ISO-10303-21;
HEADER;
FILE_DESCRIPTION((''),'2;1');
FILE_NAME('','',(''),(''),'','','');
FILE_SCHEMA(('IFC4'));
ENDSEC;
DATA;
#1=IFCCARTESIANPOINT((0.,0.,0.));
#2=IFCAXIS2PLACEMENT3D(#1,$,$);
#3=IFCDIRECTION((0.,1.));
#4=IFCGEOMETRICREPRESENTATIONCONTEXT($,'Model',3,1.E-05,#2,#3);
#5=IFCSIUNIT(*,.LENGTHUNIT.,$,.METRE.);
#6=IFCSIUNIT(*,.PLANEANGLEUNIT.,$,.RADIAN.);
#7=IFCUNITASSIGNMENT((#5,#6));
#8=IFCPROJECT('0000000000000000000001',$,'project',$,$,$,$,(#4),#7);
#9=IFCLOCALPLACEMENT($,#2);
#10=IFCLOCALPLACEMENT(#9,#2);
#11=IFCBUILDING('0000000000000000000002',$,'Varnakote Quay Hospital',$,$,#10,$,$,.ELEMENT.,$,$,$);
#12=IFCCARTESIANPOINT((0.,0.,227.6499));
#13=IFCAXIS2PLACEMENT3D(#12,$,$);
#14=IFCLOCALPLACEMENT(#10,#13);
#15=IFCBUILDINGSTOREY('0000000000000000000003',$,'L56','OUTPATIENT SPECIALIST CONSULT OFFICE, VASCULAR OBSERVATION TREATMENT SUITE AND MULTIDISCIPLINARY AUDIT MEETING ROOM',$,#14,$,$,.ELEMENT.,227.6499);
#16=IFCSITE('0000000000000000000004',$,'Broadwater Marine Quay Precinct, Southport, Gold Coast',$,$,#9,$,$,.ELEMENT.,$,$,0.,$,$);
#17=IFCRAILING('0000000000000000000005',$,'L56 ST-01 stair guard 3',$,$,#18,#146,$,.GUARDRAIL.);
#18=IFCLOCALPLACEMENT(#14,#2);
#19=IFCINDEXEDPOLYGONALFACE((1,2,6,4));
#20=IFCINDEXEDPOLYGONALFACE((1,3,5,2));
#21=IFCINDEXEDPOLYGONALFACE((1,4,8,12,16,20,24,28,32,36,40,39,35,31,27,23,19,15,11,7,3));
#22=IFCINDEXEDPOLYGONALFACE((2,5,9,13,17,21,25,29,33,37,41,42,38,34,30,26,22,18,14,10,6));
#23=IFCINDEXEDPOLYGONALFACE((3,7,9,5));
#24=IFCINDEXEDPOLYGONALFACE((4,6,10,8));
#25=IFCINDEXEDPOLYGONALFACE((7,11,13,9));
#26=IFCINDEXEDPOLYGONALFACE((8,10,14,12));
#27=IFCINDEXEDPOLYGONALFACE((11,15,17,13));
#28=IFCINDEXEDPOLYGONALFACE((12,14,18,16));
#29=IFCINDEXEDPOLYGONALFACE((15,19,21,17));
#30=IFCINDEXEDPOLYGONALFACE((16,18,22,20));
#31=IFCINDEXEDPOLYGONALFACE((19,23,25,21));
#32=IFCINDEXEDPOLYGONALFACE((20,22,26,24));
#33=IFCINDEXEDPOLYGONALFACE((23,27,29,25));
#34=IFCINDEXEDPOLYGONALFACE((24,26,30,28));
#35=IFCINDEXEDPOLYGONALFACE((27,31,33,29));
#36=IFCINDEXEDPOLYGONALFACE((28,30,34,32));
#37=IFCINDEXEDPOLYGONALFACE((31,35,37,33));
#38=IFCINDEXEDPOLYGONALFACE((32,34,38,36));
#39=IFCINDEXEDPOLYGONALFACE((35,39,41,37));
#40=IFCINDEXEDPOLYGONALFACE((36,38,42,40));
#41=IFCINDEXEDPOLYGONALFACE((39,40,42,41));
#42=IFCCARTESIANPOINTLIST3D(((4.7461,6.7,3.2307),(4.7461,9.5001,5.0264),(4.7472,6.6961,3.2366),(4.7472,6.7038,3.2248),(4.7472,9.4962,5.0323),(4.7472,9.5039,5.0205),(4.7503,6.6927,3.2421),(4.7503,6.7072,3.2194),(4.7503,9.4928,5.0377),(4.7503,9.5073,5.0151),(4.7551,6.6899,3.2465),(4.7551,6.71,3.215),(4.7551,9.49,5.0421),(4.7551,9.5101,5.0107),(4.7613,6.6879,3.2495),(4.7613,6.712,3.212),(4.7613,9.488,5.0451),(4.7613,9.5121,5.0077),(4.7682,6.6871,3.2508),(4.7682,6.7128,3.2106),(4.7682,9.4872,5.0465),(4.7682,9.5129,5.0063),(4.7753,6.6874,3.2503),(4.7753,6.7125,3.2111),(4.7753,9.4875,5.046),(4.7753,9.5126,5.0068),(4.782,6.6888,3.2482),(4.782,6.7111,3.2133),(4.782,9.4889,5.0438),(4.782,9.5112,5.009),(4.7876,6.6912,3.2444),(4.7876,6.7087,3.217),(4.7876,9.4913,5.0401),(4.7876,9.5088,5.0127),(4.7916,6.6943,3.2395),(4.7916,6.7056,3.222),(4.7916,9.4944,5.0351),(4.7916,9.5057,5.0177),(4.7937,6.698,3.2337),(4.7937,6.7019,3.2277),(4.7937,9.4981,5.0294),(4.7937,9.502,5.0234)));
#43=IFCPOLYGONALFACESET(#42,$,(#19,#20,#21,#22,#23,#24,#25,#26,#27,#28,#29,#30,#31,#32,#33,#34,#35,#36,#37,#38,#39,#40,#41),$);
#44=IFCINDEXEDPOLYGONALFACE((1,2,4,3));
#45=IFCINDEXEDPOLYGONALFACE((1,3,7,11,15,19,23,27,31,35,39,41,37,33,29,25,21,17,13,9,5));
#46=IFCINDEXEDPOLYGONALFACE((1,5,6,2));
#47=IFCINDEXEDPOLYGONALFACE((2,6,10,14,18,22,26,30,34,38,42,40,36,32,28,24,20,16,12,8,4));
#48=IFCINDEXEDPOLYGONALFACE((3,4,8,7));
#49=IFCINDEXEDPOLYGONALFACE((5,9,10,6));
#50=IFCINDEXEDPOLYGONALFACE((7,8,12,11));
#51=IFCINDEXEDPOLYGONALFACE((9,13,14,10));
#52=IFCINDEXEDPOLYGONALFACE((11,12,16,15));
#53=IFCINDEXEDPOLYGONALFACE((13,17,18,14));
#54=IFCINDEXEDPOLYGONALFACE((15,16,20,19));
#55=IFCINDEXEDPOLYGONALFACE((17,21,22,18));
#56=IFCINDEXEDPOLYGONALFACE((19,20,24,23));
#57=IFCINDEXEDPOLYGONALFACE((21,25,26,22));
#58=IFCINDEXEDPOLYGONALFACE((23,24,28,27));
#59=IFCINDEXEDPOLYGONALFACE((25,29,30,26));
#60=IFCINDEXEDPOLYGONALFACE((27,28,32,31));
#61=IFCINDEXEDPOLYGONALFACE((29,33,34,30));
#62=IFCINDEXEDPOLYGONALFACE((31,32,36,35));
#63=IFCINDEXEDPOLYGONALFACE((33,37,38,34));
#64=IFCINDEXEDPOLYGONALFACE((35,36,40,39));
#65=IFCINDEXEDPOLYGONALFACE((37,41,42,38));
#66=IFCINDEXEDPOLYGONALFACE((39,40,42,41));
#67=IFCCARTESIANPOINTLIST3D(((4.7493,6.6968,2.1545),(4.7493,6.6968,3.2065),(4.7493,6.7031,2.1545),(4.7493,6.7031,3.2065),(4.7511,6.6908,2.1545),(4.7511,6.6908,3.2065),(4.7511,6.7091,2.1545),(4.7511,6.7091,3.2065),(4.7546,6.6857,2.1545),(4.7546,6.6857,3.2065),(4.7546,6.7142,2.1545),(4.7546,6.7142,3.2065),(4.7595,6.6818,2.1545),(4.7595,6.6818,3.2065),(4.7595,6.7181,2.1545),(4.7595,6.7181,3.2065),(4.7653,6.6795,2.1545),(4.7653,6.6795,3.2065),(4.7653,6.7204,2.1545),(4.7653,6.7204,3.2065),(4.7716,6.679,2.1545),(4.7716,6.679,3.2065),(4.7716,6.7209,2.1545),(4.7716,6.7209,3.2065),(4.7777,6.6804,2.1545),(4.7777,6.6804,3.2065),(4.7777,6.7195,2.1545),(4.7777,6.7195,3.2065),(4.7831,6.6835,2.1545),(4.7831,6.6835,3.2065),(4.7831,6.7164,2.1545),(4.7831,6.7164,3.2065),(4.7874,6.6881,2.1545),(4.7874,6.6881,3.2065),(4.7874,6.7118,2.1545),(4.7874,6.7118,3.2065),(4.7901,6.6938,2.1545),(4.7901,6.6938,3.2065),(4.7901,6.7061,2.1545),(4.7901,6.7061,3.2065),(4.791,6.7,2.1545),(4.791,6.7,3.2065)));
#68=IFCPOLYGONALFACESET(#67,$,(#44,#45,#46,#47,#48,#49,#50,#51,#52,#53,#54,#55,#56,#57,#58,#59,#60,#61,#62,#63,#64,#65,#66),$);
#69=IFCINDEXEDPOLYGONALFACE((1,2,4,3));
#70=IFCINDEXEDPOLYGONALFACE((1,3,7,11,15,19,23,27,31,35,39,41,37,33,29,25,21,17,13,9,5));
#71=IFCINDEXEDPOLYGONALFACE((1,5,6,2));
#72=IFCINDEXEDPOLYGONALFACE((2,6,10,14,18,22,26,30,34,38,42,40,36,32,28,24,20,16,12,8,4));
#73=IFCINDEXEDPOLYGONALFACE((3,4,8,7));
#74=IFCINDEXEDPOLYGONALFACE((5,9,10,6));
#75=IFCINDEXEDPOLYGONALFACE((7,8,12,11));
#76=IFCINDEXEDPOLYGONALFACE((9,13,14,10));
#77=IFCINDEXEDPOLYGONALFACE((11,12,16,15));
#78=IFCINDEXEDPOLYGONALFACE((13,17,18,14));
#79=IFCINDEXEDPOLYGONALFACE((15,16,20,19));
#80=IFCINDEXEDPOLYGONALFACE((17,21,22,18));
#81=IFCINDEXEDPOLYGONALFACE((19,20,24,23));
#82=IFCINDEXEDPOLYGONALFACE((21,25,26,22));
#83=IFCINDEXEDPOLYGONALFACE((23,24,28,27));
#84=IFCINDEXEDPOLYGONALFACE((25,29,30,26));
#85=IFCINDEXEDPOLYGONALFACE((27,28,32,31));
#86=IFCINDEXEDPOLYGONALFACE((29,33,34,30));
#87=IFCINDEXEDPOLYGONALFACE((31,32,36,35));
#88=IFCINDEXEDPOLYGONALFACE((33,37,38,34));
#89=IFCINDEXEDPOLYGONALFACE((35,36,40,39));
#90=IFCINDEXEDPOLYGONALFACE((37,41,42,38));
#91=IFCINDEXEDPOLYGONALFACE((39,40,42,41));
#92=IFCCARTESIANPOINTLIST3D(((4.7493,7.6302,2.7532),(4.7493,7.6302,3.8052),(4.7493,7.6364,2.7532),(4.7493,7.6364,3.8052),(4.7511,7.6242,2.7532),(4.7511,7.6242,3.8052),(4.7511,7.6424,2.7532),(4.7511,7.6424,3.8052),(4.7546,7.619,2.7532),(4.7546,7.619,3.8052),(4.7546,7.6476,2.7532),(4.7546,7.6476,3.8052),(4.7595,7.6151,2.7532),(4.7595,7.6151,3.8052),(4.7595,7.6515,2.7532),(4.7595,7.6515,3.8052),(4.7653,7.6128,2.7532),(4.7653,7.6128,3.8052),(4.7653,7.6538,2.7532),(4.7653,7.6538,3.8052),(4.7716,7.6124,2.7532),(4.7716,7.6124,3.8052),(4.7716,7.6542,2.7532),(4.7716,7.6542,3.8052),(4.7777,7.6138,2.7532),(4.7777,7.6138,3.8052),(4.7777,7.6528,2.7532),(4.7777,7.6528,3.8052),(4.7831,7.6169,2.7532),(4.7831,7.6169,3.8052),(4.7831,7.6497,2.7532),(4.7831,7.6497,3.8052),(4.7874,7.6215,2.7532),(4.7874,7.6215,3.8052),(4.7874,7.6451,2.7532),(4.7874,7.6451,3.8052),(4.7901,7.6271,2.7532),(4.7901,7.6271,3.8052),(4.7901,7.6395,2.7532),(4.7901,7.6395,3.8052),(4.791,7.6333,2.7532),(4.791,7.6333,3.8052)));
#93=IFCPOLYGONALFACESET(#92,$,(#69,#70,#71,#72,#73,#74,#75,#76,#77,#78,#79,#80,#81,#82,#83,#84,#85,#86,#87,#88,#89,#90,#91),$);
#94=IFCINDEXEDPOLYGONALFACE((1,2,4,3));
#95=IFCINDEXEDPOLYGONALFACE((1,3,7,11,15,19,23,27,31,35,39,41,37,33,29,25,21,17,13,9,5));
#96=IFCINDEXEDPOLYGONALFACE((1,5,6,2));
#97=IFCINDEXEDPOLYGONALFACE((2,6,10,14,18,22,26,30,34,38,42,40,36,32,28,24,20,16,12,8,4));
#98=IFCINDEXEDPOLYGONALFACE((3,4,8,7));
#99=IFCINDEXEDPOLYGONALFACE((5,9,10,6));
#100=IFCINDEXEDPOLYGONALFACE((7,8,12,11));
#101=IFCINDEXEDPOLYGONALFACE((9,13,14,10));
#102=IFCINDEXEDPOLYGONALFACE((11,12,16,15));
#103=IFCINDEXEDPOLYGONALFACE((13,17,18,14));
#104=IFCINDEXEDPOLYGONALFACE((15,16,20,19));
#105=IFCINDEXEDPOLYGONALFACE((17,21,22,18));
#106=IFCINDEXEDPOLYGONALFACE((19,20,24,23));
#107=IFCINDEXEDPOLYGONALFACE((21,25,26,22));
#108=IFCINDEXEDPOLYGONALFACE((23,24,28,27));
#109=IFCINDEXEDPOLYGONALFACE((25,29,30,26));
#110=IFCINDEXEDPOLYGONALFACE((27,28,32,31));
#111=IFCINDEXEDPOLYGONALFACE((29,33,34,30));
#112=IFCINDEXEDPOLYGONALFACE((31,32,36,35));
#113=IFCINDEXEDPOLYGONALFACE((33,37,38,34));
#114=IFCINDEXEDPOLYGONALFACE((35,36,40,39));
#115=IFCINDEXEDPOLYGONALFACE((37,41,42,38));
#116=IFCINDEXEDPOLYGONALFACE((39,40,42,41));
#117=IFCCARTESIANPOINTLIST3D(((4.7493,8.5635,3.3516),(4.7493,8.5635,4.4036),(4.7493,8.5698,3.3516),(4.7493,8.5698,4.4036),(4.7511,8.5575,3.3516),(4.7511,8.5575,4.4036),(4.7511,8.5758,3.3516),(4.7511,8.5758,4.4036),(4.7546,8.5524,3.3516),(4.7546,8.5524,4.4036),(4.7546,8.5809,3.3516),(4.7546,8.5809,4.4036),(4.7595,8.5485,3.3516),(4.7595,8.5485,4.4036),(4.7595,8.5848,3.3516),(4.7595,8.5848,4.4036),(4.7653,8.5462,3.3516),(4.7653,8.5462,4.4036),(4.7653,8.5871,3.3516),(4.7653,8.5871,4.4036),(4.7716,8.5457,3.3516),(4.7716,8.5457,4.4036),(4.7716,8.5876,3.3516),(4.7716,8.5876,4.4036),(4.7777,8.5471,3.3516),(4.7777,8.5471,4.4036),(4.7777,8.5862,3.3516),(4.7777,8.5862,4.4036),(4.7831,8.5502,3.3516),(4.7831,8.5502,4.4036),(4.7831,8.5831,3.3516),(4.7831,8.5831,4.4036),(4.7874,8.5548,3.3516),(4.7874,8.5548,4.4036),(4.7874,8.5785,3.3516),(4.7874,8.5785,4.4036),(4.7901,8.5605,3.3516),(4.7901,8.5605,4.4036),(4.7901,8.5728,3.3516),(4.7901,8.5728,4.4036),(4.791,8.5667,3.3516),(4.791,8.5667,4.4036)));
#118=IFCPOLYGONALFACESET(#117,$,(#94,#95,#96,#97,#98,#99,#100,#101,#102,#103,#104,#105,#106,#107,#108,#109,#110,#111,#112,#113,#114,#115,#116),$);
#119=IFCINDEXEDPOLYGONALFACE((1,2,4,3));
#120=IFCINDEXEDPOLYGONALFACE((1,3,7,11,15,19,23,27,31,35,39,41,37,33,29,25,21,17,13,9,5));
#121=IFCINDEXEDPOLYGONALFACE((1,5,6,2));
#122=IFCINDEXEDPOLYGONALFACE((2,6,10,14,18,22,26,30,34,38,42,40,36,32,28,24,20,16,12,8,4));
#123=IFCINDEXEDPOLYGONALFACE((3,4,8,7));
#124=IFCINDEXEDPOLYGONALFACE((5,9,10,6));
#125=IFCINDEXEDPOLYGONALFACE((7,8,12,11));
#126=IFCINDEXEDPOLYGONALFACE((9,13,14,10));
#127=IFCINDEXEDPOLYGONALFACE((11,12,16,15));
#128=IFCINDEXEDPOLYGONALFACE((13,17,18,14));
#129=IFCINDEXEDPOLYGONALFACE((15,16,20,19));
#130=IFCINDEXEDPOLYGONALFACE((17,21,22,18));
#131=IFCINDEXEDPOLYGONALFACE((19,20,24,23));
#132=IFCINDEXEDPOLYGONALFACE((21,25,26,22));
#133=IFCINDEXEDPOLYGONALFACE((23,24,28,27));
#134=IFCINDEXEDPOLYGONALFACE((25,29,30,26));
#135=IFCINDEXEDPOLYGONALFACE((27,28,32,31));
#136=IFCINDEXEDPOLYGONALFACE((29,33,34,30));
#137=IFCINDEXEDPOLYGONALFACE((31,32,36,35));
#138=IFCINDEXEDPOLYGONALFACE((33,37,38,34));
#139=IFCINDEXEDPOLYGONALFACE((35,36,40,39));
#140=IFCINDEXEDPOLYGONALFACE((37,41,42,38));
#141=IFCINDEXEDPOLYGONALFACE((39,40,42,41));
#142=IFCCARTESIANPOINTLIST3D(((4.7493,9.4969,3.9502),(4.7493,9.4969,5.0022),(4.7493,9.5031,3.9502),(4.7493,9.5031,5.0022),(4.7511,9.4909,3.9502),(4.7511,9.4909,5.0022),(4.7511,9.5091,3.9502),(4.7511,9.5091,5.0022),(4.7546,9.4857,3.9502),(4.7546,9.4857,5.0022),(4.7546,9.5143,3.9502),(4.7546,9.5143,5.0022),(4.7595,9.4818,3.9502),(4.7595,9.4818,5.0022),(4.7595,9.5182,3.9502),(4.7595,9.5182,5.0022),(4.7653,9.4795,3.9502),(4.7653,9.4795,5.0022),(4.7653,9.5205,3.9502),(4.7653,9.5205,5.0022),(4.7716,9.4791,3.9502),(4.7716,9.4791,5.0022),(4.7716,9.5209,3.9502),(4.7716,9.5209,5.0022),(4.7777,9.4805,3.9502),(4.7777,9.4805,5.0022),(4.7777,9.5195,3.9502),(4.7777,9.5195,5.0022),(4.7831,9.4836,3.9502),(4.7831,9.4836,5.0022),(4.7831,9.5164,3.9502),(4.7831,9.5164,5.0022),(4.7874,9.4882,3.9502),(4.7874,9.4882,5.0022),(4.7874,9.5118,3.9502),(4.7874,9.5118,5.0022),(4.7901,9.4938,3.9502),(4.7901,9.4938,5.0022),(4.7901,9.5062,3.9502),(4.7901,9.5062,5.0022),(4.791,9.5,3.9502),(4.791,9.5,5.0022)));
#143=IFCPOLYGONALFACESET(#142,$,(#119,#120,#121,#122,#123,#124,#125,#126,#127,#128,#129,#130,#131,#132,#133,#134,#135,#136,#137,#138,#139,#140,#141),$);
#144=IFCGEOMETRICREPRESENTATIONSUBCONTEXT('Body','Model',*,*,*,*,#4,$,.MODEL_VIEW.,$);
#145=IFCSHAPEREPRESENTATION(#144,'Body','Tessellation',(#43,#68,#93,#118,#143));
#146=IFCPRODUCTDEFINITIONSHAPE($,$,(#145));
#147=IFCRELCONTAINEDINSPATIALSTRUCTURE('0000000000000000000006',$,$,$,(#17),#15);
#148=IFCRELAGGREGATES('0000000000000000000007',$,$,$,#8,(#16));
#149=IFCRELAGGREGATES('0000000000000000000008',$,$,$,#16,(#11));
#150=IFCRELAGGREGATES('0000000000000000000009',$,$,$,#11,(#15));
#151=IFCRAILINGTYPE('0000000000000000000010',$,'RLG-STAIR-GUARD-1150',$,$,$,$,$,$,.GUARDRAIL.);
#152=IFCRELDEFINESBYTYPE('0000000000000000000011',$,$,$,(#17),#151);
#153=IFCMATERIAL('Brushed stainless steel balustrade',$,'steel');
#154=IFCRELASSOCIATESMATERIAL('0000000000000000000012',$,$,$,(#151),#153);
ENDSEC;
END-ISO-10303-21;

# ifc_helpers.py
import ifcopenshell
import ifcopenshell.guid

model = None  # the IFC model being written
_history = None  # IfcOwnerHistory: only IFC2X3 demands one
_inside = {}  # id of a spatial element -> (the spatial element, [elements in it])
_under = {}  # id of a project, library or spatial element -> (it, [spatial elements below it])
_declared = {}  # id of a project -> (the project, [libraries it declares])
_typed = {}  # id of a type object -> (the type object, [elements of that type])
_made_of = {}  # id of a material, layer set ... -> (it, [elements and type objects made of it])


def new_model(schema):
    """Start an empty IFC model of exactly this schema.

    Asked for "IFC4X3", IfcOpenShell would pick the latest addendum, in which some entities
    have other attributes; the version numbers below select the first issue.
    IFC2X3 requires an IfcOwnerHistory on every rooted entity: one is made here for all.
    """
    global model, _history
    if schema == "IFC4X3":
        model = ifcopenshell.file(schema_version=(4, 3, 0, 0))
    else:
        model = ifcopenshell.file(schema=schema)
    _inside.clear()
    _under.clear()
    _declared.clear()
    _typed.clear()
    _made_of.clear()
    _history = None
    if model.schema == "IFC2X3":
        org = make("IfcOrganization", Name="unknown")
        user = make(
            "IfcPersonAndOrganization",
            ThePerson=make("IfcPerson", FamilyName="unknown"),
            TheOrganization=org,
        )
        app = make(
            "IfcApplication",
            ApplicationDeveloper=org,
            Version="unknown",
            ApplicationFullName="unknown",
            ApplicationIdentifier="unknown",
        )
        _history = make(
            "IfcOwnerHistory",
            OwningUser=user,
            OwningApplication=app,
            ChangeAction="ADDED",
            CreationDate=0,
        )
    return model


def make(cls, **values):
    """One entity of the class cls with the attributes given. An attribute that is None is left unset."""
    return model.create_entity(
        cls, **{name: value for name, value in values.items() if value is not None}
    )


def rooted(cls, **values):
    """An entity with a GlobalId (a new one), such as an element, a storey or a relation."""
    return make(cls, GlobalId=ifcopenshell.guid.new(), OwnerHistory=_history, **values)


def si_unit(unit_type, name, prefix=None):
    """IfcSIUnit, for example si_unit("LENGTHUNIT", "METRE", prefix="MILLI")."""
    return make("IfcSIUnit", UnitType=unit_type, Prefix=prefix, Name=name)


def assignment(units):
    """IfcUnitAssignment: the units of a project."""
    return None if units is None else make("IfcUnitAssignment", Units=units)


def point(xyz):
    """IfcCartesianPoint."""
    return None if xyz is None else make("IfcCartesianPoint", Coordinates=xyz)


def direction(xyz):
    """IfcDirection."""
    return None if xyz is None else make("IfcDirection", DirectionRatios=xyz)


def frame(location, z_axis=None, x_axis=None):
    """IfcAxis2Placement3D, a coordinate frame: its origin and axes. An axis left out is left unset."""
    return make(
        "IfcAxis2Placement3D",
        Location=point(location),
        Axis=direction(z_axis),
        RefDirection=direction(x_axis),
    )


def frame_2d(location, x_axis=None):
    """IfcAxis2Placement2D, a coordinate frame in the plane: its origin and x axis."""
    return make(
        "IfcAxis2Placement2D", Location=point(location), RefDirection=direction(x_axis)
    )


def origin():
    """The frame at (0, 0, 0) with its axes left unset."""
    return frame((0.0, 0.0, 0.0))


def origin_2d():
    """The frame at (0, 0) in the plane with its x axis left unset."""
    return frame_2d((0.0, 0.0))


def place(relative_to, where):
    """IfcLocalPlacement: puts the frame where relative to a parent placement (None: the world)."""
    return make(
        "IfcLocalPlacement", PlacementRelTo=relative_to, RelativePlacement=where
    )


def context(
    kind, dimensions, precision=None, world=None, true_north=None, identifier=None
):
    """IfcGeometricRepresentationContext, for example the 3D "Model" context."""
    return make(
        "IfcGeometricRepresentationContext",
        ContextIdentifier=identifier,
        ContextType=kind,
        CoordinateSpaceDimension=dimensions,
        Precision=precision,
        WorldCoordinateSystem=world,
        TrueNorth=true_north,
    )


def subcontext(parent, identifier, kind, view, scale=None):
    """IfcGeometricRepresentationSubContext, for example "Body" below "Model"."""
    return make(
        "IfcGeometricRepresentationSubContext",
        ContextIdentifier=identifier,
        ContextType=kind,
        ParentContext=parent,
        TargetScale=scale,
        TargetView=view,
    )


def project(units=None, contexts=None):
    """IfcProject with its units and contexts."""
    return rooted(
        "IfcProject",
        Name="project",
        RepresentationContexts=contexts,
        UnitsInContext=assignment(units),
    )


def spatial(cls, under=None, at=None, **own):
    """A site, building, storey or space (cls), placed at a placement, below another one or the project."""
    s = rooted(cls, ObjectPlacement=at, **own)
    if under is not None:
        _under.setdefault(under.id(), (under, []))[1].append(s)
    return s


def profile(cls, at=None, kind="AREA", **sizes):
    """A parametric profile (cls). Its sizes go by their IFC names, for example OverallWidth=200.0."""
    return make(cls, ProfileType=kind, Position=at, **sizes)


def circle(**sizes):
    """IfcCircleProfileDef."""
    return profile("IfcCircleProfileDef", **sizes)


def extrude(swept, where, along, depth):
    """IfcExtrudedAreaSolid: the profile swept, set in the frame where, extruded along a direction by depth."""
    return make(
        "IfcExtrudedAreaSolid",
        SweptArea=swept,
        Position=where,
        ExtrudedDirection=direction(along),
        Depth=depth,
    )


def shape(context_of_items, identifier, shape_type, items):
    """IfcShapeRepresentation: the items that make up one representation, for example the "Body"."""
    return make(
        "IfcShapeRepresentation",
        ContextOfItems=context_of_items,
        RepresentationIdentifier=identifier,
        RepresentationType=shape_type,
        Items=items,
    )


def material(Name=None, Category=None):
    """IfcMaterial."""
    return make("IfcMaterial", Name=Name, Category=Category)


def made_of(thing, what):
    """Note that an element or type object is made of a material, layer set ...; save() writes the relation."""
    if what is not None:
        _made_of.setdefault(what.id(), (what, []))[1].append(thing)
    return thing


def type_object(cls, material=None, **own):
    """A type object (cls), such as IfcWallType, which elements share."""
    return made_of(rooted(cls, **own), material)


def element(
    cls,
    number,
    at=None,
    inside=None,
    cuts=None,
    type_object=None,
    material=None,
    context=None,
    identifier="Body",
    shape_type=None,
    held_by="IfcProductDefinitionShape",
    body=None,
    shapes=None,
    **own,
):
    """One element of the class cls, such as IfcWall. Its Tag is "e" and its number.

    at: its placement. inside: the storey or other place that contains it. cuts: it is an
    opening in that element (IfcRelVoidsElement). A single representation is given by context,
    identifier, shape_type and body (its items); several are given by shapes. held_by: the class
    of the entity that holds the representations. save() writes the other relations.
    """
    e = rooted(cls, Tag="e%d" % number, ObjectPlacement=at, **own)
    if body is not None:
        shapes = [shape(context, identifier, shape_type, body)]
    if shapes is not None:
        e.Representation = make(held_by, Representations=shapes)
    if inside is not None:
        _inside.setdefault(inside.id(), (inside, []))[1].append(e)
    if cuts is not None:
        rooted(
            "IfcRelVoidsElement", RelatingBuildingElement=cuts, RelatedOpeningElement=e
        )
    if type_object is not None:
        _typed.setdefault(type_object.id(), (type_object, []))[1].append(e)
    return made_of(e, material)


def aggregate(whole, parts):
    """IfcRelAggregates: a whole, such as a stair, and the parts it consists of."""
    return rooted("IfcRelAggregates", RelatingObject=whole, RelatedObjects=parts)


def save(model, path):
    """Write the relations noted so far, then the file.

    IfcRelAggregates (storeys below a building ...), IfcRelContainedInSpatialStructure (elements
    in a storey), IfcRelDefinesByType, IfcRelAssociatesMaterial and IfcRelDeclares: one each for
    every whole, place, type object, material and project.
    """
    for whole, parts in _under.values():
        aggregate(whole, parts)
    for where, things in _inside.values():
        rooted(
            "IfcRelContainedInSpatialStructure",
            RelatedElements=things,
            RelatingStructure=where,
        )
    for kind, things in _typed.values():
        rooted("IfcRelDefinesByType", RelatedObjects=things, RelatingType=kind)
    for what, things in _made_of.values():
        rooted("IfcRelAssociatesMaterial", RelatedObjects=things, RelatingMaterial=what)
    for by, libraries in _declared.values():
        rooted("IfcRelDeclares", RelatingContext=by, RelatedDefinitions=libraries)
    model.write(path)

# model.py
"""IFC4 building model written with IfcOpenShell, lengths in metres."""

from ifc_helpers import new_model, si_unit, direction, frame, origin, origin_2d, place, context, subcontext, project, spatial, circle, extrude, material, type_object, element, save


model = new_model("IFC4")

# Units and contexts
model_context = context("Model", 3, precision=1e-05, world=origin(), true_north=direction((0.0, 1.0)))
body_context = subcontext(model_context, "Body", "Model", "MODEL_VIEW")
ifc_project = project(units=[si_unit("LENGTHUNIT", "METRE"), si_unit("PLANEANGLEUNIT", "RADIAN")], contexts=[model_context])

# Site, building, storey
site_placement = place(None, origin())
site = spatial("IfcSite", under=ifc_project, at=site_placement, Name="Broadwater Marine Quay Precinct, Southport, Gold Coast", CompositionType="ELEMENT", RefElevation=0.0)
building_placement = place(site_placement, origin())
building = spatial("IfcBuilding", under=site, at=building_placement, Name="Varnakote Quay Hospital", CompositionType="ELEMENT")
storey_placement = place(building_placement, frame((0.0, 0.0, 227.6499)))
storey = spatial("IfcBuildingStorey", under=building, at=storey_placement, Name="L56", Description="OUTPATIENT SPECIALIST CONSULT OFFICE, VASCULAR OBSERVATION TREATMENT SUITE AND MULTIDISCIPLINARY AUDIT MEETING ROOM", CompositionType="ELEMENT", Elevation=227.6499)

# Railing
ifc_material_1 = material(Name="Brushed stainless steel balustrade", Category="steel")
railing_type_1 = type_object("IfcRailingType", Name="RLG-STAIR-GUARD-1150", PredefinedType="GUARDRAIL", material=ifc_material_1)
railing_1_placement = place(storey_placement, frame((4.77, 6.7, 2.1545)))
element("IfcRailing", 1, at=railing_1_placement, inside=storey, type_object=railing_type_1, Name="L56 ST-01 stair guard 3", PredefinedType="GUARDRAIL", context=body_context, shape_type="SweptSolid", body=[
    extrude(circle(Radius=0.0239, at=origin_2d()), frame((0.0, 0.0, 1.0762), z_axis=(0.0, 0.841777, 0.539826), x_axis=(-1.0, 0.0, 0.0)), (0.0, 0.0, 1.0), 3.3264),
    extrude(circle(Radius=0.021, at=origin_2d()), origin(), (0.0, 0.0, 1.0), 1.052),
    extrude(circle(Radius=0.021, at=origin_2d()), frame((0.0, 0.9333, 0.5986)), (0.0, 0.0, 1.0), 1.052),
    extrude(circle(Radius=0.021, at=origin_2d()), frame((0.0, 1.8667, 1.197)), (0.0, 0.0, 1.0), 1.052),
    extrude(circle(Radius=0.021, at=origin_2d()), frame((0.0, 2.8, 1.7957)), (0.0, 0.0, 1.0), 1.052),
])

save(model, "model.ifc")
